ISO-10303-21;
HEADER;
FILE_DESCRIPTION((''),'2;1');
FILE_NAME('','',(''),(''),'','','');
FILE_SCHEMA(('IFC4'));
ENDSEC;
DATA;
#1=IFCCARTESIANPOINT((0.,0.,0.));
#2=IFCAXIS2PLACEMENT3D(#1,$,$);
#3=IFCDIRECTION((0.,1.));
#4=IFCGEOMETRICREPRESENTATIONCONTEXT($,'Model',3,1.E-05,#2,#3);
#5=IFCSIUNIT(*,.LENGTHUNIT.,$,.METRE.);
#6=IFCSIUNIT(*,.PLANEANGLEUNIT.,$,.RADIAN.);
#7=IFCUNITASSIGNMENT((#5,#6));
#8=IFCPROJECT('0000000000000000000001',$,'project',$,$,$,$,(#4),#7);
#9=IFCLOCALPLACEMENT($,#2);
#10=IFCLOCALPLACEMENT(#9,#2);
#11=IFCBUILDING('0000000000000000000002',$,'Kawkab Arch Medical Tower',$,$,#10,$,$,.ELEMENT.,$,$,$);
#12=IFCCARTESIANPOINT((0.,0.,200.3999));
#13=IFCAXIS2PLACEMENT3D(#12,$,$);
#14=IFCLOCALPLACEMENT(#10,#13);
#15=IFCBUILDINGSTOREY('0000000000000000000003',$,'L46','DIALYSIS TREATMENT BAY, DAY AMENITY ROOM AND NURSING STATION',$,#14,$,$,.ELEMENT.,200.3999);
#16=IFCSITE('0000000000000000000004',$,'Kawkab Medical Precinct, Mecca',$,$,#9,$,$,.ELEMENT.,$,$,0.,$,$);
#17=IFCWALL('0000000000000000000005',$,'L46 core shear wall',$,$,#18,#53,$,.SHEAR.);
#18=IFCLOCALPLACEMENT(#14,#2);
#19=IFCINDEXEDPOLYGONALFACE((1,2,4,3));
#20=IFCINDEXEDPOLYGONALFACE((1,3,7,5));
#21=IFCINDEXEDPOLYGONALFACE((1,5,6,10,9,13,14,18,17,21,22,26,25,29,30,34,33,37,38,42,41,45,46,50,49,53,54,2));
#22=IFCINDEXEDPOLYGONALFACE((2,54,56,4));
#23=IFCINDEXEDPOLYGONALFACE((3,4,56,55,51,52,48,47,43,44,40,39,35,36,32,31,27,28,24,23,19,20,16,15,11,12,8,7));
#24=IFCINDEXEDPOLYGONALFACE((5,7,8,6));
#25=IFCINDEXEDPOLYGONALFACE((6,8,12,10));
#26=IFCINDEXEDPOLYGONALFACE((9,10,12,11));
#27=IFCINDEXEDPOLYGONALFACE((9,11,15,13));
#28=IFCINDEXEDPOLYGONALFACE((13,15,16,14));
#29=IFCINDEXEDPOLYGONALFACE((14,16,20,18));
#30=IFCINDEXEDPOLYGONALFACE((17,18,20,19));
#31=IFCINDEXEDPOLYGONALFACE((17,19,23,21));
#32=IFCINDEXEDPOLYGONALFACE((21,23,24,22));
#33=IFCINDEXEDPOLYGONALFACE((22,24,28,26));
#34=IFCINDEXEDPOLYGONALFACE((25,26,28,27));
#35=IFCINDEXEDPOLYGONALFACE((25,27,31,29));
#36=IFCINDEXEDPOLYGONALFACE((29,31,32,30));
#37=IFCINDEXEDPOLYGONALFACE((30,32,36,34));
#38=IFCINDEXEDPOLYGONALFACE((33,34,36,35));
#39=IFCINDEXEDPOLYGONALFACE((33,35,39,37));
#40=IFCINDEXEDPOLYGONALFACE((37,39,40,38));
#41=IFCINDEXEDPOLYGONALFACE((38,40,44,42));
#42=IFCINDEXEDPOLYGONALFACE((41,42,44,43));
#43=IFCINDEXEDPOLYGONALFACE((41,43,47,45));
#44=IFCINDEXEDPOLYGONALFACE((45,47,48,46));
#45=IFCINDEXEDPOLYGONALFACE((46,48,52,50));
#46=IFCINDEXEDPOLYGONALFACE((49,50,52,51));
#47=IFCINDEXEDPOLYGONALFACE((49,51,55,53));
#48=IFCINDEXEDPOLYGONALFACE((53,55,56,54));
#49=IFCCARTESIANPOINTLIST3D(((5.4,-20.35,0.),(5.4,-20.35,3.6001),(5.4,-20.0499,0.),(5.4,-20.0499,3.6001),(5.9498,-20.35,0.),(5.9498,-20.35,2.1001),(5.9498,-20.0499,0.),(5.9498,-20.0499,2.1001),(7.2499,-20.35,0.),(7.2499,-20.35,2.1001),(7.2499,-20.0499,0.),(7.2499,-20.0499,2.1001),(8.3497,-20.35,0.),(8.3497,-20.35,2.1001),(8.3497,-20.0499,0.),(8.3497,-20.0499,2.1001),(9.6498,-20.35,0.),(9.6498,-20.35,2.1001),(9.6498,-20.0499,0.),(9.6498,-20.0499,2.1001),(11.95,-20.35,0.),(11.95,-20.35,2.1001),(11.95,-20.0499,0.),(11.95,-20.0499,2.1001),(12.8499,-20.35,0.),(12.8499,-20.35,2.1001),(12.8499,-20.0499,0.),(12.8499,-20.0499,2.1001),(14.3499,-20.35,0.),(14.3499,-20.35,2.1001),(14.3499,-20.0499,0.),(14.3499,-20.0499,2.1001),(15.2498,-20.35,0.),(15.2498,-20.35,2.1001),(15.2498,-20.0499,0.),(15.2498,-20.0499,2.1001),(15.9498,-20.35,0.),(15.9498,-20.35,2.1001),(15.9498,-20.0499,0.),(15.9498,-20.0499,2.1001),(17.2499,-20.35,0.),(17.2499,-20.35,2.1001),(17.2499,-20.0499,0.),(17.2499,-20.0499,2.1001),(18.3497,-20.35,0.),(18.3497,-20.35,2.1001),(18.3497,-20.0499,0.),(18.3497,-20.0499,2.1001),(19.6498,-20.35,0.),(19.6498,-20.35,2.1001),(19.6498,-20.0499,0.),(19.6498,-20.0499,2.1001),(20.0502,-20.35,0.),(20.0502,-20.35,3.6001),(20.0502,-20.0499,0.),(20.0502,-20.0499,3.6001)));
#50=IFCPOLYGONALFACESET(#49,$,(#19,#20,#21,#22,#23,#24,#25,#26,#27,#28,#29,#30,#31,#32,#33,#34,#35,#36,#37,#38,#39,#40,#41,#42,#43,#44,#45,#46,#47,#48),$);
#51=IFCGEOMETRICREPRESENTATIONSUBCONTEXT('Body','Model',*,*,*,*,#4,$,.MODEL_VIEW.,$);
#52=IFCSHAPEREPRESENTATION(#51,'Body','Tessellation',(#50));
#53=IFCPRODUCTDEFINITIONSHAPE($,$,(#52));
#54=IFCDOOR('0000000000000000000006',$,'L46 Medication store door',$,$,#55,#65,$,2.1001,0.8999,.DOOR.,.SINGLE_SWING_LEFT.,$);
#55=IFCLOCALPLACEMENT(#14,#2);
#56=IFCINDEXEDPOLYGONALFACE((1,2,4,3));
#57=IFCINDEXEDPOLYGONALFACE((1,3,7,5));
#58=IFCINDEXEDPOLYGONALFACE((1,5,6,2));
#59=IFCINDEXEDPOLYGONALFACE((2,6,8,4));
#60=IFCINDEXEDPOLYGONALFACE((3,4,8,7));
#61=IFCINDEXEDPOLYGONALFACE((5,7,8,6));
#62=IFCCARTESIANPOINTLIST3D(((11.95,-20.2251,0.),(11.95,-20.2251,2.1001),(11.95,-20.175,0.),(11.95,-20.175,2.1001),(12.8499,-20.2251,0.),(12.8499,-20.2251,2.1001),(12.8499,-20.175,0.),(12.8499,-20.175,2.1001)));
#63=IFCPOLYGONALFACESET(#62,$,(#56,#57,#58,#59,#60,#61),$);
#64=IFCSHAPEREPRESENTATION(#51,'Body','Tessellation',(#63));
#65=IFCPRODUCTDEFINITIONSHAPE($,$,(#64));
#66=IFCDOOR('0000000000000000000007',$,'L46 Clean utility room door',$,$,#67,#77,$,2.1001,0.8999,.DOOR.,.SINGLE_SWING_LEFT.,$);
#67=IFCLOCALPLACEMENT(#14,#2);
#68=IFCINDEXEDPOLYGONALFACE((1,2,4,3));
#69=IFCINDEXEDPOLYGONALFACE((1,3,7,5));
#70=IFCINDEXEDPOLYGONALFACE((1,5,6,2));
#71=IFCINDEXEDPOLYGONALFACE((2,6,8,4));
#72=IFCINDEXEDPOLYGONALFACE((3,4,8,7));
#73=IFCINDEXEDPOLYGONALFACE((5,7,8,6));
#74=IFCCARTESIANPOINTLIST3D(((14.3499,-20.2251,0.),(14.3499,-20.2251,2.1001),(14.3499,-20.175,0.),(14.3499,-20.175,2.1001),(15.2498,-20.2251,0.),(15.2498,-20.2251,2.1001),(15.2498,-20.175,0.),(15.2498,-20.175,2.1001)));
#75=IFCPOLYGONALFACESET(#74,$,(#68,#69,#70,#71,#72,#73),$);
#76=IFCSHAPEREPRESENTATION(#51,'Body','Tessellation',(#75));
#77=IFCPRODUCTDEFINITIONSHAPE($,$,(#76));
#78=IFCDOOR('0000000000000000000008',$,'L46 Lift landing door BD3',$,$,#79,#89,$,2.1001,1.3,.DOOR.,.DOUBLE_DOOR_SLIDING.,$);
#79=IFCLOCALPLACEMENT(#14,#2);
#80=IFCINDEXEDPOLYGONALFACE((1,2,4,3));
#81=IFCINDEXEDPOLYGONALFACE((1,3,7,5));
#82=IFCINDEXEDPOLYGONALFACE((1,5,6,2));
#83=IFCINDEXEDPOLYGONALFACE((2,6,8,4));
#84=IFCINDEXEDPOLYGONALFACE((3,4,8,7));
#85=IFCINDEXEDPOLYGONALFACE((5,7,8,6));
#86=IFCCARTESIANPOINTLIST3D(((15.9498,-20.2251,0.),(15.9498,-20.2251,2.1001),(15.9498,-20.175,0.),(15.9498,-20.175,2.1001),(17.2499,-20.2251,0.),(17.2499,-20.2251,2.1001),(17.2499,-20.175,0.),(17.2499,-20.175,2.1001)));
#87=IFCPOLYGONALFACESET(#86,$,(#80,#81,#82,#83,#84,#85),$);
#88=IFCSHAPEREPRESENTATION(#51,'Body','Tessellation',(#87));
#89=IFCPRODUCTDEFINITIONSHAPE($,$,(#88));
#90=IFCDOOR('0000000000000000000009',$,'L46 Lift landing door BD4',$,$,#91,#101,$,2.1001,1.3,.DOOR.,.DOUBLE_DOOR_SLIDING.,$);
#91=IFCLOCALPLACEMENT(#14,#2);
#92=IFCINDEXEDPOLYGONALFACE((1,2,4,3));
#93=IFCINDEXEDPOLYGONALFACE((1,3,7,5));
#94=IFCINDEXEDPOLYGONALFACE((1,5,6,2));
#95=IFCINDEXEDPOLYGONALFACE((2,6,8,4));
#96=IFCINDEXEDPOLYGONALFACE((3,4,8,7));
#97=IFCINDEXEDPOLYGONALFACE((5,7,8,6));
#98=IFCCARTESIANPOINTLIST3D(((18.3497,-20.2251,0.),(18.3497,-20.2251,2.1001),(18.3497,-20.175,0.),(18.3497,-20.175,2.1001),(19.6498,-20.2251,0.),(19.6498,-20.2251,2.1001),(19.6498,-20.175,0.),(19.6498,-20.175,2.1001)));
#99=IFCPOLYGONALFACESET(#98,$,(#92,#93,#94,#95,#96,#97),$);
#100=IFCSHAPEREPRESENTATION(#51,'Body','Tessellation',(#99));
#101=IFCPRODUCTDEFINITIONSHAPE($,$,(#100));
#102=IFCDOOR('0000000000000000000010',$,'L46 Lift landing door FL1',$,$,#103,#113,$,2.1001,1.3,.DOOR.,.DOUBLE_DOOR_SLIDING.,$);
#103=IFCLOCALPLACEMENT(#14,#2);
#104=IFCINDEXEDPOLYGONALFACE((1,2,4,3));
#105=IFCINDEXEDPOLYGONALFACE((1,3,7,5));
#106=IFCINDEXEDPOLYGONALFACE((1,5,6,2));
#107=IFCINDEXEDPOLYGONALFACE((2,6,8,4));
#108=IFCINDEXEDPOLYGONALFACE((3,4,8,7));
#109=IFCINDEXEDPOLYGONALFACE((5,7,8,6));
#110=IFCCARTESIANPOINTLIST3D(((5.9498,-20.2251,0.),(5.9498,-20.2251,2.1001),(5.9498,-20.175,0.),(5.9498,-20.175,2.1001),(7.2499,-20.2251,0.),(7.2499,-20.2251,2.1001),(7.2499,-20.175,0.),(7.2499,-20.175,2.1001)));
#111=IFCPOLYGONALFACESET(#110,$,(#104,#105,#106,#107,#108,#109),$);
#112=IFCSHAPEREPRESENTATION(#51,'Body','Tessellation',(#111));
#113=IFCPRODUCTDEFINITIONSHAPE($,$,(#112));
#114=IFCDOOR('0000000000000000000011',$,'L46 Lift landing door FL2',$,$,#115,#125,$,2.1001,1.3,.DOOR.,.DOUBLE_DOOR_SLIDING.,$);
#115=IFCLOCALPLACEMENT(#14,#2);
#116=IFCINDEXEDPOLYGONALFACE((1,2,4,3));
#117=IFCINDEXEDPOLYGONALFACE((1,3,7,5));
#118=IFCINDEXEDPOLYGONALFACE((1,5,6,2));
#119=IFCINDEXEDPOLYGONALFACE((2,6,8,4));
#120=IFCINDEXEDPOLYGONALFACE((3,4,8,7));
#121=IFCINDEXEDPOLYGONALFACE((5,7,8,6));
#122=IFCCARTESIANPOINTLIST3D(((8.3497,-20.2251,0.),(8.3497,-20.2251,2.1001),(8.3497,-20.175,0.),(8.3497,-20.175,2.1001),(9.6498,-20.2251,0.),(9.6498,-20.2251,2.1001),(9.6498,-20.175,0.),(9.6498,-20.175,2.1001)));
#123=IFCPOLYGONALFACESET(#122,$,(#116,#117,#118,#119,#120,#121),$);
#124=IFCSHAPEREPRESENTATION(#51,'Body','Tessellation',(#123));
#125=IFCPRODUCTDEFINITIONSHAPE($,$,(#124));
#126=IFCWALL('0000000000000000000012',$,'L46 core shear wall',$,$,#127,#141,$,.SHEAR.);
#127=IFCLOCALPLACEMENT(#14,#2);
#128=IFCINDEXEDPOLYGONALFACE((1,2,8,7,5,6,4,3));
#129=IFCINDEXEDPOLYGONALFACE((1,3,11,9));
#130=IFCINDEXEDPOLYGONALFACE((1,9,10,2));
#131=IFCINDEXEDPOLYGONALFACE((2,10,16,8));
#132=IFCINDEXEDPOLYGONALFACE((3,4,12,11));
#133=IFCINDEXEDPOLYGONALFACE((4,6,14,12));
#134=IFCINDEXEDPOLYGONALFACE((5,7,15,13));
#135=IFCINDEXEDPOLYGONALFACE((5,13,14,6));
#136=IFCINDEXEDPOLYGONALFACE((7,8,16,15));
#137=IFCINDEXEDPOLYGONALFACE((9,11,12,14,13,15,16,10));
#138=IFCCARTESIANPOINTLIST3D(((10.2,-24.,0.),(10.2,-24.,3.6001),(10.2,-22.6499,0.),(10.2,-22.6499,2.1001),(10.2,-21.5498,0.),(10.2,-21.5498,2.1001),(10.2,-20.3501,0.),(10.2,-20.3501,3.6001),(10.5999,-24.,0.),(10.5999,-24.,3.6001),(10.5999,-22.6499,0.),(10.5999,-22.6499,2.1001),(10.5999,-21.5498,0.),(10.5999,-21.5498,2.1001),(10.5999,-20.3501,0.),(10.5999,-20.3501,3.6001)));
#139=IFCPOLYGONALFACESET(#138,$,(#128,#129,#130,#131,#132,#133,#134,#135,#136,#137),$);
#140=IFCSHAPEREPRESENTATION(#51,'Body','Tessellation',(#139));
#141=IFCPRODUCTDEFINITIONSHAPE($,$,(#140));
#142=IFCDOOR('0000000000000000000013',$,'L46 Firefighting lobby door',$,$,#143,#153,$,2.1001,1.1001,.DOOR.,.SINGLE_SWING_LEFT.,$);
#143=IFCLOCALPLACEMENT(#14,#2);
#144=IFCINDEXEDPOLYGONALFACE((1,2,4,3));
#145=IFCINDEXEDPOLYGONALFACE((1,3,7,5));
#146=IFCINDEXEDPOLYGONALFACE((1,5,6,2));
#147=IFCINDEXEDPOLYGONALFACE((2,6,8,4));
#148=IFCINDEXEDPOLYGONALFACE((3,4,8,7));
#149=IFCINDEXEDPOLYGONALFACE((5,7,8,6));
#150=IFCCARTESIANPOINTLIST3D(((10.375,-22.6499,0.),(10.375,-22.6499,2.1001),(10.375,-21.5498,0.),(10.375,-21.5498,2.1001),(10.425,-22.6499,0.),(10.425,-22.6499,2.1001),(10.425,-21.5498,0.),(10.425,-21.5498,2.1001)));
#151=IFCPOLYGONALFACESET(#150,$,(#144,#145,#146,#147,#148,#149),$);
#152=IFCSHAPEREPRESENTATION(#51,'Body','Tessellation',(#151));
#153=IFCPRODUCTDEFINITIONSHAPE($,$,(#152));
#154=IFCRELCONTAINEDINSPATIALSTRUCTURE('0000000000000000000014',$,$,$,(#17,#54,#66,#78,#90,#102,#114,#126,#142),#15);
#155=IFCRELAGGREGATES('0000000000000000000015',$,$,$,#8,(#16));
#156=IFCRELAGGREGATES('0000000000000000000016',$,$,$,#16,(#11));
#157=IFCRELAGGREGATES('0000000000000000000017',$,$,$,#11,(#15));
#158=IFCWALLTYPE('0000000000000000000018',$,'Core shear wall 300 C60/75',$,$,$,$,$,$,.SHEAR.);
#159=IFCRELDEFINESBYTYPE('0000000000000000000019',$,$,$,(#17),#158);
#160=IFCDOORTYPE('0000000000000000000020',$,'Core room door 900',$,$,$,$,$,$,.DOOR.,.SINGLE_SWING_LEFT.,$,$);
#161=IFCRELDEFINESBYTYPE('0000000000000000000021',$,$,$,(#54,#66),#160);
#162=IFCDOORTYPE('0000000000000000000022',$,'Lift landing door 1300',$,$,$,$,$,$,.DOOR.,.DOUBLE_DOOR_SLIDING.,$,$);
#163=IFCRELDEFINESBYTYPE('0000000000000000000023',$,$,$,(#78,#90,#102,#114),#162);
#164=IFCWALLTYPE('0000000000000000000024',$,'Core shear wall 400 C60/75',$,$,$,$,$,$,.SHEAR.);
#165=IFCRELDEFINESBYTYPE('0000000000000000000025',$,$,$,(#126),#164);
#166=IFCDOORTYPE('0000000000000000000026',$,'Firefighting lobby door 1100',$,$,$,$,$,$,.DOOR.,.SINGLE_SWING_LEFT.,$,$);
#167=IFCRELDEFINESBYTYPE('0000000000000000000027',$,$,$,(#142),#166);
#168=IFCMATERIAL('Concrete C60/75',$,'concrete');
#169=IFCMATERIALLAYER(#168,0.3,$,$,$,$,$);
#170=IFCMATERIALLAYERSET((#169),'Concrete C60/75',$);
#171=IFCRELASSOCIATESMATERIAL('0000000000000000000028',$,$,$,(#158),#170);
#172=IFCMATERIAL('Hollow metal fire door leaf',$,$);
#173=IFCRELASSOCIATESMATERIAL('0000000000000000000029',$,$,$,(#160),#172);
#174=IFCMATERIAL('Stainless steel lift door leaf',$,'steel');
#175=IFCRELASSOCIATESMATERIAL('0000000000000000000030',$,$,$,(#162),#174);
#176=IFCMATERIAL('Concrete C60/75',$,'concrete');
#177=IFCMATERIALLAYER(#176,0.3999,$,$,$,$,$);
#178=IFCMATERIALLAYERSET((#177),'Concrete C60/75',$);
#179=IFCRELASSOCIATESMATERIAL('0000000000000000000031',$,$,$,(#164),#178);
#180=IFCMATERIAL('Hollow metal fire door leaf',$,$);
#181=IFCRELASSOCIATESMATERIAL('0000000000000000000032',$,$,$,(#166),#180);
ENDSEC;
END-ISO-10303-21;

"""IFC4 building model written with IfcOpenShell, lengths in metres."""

from ifc_helpers import new_model, si_unit, direction, frame, frame_2d, origin, place, context, subcontext, project, spatial, rectangle, extrude, material, layer, layer_set, type_object, element, fill, save


model = new_model("IFC4")

# Units and contexts
model_context = context("Model", 3, precision=1e-05, world=origin(), true_north=direction((0.0, 1.0)))
body_context = subcontext(model_context, "Body", "Model", "MODEL_VIEW")
ifc_project = project(units=[si_unit("LENGTHUNIT", "METRE"), si_unit("PLANEANGLEUNIT", "RADIAN")], contexts=[model_context])

# Site, building, storey
site_placement = place(None, origin())
site = spatial("IfcSite", under=ifc_project, at=site_placement, Name="Kawkab Medical Precinct, Mecca", CompositionType="ELEMENT", RefElevation=0.0)
building_placement = place(site_placement, origin())
building = spatial("IfcBuilding", under=site, at=building_placement, Name="Kawkab Arch Medical Tower", CompositionType="ELEMENT")
storey_placement = place(building_placement, frame((0.0, 0.0, 200.3999)))
storey = spatial("IfcBuildingStorey", under=building, at=storey_placement, Name="L46", Description="DIALYSIS TREATMENT BAY, DAY AMENITY ROOM AND NURSING STATION", CompositionType="ELEMENT", Elevation=200.3999)

# Wall, openings, doors
ifc_material_1 = material(Name="Concrete C60/75", Category="concrete")
ifc_layer_1 = layer(ifc_material_1, 0.3)
ifc_layer_set_1 = layer_set([ifc_layer_1], Name="Concrete C60/75")
wall_type_1 = type_object("IfcWallType", Name="Core shear wall 300 C60/75", PredefinedType="SHEAR", material=ifc_layer_set_1)
wall_1_placement = place(storey_placement, frame((5.3999, -20.2, 0.0), z_axis=(0.0, 0.0, 1.0), x_axis=(1.0, 0.0, 0.0)))
wall_1 = element("IfcWall", 1, at=wall_1_placement, inside=storey, type_object=wall_type_1, Name="L46 core shear wall", PredefinedType="SHEAR", context=body_context, shape_type="SweptSolid", body=[
    extrude(rectangle(XDim=14.6501, YDim=0.3, at=frame_2d((7.3252, 0.0))), origin(), (0.0, 0.0, 1.0), 3.6001),
])
opening_1_placement = place(wall_1_placement, frame((10.55, 0.0, 0.0)))
opening_1 = element("IfcOpeningElement", 2, at=opening_1_placement, cuts=wall_1, PredefinedType="OPENING", context=body_context, shape_type="SweptSolid", body=[
    extrude(rectangle(XDim=1.3, YDim=2.1001, at=frame_2d((0.6499, 1.05))), frame((0.0, 0.1599, 0.0), z_axis=(0.0, -1.0, 0.0), x_axis=(1.0, 0.0, 0.0)), (0.0, 0.0, 1.0), 0.3201),
])
opening_2_placement = place(wall_1_placement, frame((12.95, 0.0, 0.0)))
opening_2 = element("IfcOpeningElement", 3, at=opening_2_placement, cuts=wall_1, PredefinedType="OPENING", context=body_context, shape_type="SweptSolid", body=[
    extrude(rectangle(XDim=1.3, YDim=2.1001, at=frame_2d((0.6499, 1.05))), frame((0.0, 0.1599, 0.0), z_axis=(0.0, -1.0, 0.0), x_axis=(1.0, 0.0, 0.0)), (0.0, 0.0, 1.0), 0.3201),
])
opening_3_placement = place(wall_1_placement, frame((0.55, 0.0, 0.0)))
opening_3 = element("IfcOpeningElement", 4, at=opening_3_placement, cuts=wall_1, PredefinedType="OPENING", context=body_context, shape_type="SweptSolid", body=[
    extrude(rectangle(XDim=1.3, YDim=2.1001, at=frame_2d((0.6499, 1.05))), frame((0.0, 0.1599, 0.0), z_axis=(0.0, -1.0, 0.0), x_axis=(1.0, 0.0, 0.0)), (0.0, 0.0, 1.0), 0.3201),
])
opening_4_placement = place(wall_1_placement, frame((2.95, 0.0, 0.0)))
opening_4 = element("IfcOpeningElement", 5, at=opening_4_placement, cuts=wall_1, PredefinedType="OPENING", context=body_context, shape_type="SweptSolid", body=[
    extrude(rectangle(XDim=1.3, YDim=2.1001, at=frame_2d((0.6499, 1.05))), frame((0.0, 0.1599, 0.0), z_axis=(0.0, -1.0, 0.0), x_axis=(1.0, 0.0, 0.0)), (0.0, 0.0, 1.0), 0.3201),
])
opening_5_placement = place(wall_1_placement, frame((6.55, 0.0, 0.0)))
opening_5 = element("IfcOpeningElement", 6, at=opening_5_placement, cuts=wall_1, PredefinedType="OPENING", context=body_context, shape_type="SweptSolid", body=[
    extrude(rectangle(XDim=0.8999, YDim=2.1001, at=frame_2d((0.45, 1.05))), frame((0.0, 0.1599, 0.0), z_axis=(0.0, -1.0, 0.0), x_axis=(1.0, 0.0, 0.0)), (0.0, 0.0, 1.0), 0.3201),
])
opening_6_placement = place(wall_1_placement, frame((8.95, 0.0, 0.0)))
opening_6 = element("IfcOpeningElement", 7, at=opening_6_placement, cuts=wall_1, PredefinedType="OPENING", context=body_context, shape_type="SweptSolid", body=[
    extrude(rectangle(XDim=0.8999, YDim=2.1001, at=frame_2d((0.45, 1.05))), frame((0.0, 0.1599, 0.0), z_axis=(0.0, -1.0, 0.0), x_axis=(1.0, 0.0, 0.0)), (0.0, 0.0, 1.0), 0.3201),
])
ifc_material_2 = material(Name="Hollow metal fire door leaf")
door_type_1 = type_object("IfcDoorType", Name="Core room door 900", OperationType="SINGLE_SWING_LEFT", PredefinedType="DOOR", material=ifc_material_2)
door_1_placement = place(opening_5_placement, origin())
door_1 = element("IfcDoor", 8, at=door_1_placement, inside=storey, type_object=door_type_1, Name="L46 Medication store door", OperationType="SINGLE_SWING_LEFT", OverallHeight=2.1001, OverallWidth=0.8999, PredefinedType="DOOR", context=body_context, shape_type="SweptSolid", body=[
    extrude(rectangle(XDim=0.8999, YDim=2.1001, at=frame_2d((0.45, 1.05))), frame((0.0, 0.0249, 0.0), z_axis=(0.0, -1.0, 0.0), x_axis=(1.0, 0.0, 0.0)), (0.0, 0.0, 1.0), 0.05),
])
fill(opening_5, door_1)
door_2_placement = place(opening_6_placement, origin())
door_2 = element("IfcDoor", 9, at=door_2_placement, inside=storey, type_object=door_type_1, Name="L46 Clean utility room door", OperationType="SINGLE_SWING_LEFT", OverallHeight=2.1001, OverallWidth=0.8999, PredefinedType="DOOR", context=body_context, shape_type="SweptSolid", body=[
    extrude(rectangle(XDim=0.8999, YDim=2.1001, at=frame_2d((0.45, 1.05))), frame((0.0, 0.0249, 0.0), z_axis=(0.0, -1.0, 0.0), x_axis=(1.0, 0.0, 0.0)), (0.0, 0.0, 1.0), 0.05),
])
fill(opening_6, door_2)
ifc_material_3 = material(Name="Stainless steel lift door leaf", Category="steel")
door_type_2 = type_object("IfcDoorType", Name="Lift landing door 1300", OperationType="DOUBLE_DOOR_SLIDING", PredefinedType="DOOR", material=ifc_material_3)
door_3_placement = place(opening_1_placement, origin())
door_3 = element("IfcDoor", 10, at=door_3_placement, inside=storey, type_object=door_type_2, Name="L46 Lift landing door BD3", OperationType="DOUBLE_DOOR_SLIDING", OverallHeight=2.1001, OverallWidth=1.3, PredefinedType="DOOR", context=body_context, shape_type="SweptSolid", body=[
    extrude(rectangle(XDim=1.3, YDim=2.1001, at=frame_2d((0.6499, 1.05))), frame((0.0, 0.0249, 0.0), z_axis=(0.0, -1.0, 0.0), x_axis=(1.0, 0.0, 0.0)), (0.0, 0.0, 1.0), 0.05),
])
fill(opening_1, door_3)
door_4_placement = place(opening_2_placement, origin())
door_4 = element("IfcDoor", 11, at=door_4_placement, inside=storey, type_object=door_type_2, Name="L46 Lift landing door BD4", OperationType="DOUBLE_DOOR_SLIDING", OverallHeight=2.1001, OverallWidth=1.3, PredefinedType="DOOR", context=body_context, shape_type="SweptSolid", body=[
    extrude(rectangle(XDim=1.3, YDim=2.1001, at=frame_2d((0.6499, 1.05))), frame((0.0, 0.0249, 0.0), z_axis=(0.0, -1.0, 0.0), x_axis=(1.0, 0.0, 0.0)), (0.0, 0.0, 1.0), 0.05),
])
fill(opening_2, door_4)
door_5_placement = place(opening_3_placement, origin())
door_5 = element("IfcDoor", 12, at=door_5_placement, inside=storey, type_object=door_type_2, Name="L46 Lift landing door FL1", OperationType="DOUBLE_DOOR_SLIDING", OverallHeight=2.1001, OverallWidth=1.3, PredefinedType="DOOR", context=body_context, shape_type="SweptSolid", body=[
    extrude(rectangle(XDim=1.3, YDim=2.1001, at=frame_2d((0.6499, 1.05))), frame((0.0, 0.0249, 0.0), z_axis=(0.0, -1.0, 0.0), x_axis=(1.0, 0.0, 0.0)), (0.0, 0.0, 1.0), 0.05),
])
fill(opening_3, door_5)
door_6_placement = place(opening_4_placement, origin())
door_6 = element("IfcDoor", 13, at=door_6_placement, inside=storey, type_object=door_type_2, Name="L46 Lift landing door FL2", OperationType="DOUBLE_DOOR_SLIDING", OverallHeight=2.1001, OverallWidth=1.3, PredefinedType="DOOR", context=body_context, shape_type="SweptSolid", body=[
    extrude(rectangle(XDim=1.3, YDim=2.1001, at=frame_2d((0.6499, 1.05))), frame((0.0, 0.0249, 0.0), z_axis=(0.0, -1.0, 0.0), x_axis=(1.0, 0.0, 0.0)), (0.0, 0.0, 1.0), 0.05),
])
fill(opening_4, door_6)

# Wall, opening, door
ifc_material_4 = material(Name="Concrete C60/75", Category="concrete")
ifc_layer_2 = layer(ifc_material_4, 0.3999)
ifc_layer_set_2 = layer_set([ifc_layer_2], Name="Concrete C60/75")
wall_type_2 = type_object("IfcWallType", Name="Core shear wall 400 C60/75", PredefinedType="SHEAR", material=ifc_layer_set_2)
wall_2_placement = place(storey_placement, frame((10.3999, -24.0, 0.0), z_axis=(0.0, 0.0, 1.0), x_axis=(0.0, 1.0, 0.0)))
wall_2 = element("IfcWall", 14, at=wall_2_placement, inside=storey, type_object=wall_type_2, Name="L46 core shear wall", PredefinedType="SHEAR", context=body_context, shape_type="SweptSolid", body=[
    extrude(rectangle(XDim=3.6499, YDim=0.3999, at=frame_2d((1.825, 0.0))), origin(), (0.0, 0.0, 1.0), 3.6001),
])
opening_7_placement = place(wall_2_placement, frame((1.3501, 0.0, 0.0)))
opening_7 = element("IfcOpeningElement", 15, at=opening_7_placement, cuts=wall_2, PredefinedType="OPENING", context=body_context, shape_type="SweptSolid", body=[
    extrude(rectangle(XDim=1.1001, YDim=2.1001, at=frame_2d((0.55, 1.05))), frame((0.0, 0.21, 0.0), z_axis=(0.0, -1.0, 0.0), x_axis=(1.0, 0.0, 0.0)), (0.0, 0.0, 1.0), 0.4199),
])
ifc_material_5 = material(Name="Hollow metal fire door leaf")
door_type_3 = type_object("IfcDoorType", Name="Firefighting lobby door 1100", OperationType="SINGLE_SWING_LEFT", PredefinedType="DOOR", material=ifc_material_5)
door_7_placement = place(opening_7_placement, origin())
door_7 = element("IfcDoor", 16, at=door_7_placement, inside=storey, type_object=door_type_3, Name="L46 Firefighting lobby door", OperationType="SINGLE_SWING_LEFT", OverallHeight=2.1001, OverallWidth=1.1001, PredefinedType="DOOR", context=body_context, shape_type="SweptSolid", body=[
    extrude(rectangle(XDim=1.1001, YDim=2.1001, at=frame_2d((0.55, 1.05))), frame((0.0, 0.0249, 0.0), z_axis=(0.0, -1.0, 0.0), x_axis=(1.0, 0.0, 0.0)), (0.0, 0.0, 1.0), 0.05),
])
fill(opening_7, door_7)

save(model, "model.ifc")
